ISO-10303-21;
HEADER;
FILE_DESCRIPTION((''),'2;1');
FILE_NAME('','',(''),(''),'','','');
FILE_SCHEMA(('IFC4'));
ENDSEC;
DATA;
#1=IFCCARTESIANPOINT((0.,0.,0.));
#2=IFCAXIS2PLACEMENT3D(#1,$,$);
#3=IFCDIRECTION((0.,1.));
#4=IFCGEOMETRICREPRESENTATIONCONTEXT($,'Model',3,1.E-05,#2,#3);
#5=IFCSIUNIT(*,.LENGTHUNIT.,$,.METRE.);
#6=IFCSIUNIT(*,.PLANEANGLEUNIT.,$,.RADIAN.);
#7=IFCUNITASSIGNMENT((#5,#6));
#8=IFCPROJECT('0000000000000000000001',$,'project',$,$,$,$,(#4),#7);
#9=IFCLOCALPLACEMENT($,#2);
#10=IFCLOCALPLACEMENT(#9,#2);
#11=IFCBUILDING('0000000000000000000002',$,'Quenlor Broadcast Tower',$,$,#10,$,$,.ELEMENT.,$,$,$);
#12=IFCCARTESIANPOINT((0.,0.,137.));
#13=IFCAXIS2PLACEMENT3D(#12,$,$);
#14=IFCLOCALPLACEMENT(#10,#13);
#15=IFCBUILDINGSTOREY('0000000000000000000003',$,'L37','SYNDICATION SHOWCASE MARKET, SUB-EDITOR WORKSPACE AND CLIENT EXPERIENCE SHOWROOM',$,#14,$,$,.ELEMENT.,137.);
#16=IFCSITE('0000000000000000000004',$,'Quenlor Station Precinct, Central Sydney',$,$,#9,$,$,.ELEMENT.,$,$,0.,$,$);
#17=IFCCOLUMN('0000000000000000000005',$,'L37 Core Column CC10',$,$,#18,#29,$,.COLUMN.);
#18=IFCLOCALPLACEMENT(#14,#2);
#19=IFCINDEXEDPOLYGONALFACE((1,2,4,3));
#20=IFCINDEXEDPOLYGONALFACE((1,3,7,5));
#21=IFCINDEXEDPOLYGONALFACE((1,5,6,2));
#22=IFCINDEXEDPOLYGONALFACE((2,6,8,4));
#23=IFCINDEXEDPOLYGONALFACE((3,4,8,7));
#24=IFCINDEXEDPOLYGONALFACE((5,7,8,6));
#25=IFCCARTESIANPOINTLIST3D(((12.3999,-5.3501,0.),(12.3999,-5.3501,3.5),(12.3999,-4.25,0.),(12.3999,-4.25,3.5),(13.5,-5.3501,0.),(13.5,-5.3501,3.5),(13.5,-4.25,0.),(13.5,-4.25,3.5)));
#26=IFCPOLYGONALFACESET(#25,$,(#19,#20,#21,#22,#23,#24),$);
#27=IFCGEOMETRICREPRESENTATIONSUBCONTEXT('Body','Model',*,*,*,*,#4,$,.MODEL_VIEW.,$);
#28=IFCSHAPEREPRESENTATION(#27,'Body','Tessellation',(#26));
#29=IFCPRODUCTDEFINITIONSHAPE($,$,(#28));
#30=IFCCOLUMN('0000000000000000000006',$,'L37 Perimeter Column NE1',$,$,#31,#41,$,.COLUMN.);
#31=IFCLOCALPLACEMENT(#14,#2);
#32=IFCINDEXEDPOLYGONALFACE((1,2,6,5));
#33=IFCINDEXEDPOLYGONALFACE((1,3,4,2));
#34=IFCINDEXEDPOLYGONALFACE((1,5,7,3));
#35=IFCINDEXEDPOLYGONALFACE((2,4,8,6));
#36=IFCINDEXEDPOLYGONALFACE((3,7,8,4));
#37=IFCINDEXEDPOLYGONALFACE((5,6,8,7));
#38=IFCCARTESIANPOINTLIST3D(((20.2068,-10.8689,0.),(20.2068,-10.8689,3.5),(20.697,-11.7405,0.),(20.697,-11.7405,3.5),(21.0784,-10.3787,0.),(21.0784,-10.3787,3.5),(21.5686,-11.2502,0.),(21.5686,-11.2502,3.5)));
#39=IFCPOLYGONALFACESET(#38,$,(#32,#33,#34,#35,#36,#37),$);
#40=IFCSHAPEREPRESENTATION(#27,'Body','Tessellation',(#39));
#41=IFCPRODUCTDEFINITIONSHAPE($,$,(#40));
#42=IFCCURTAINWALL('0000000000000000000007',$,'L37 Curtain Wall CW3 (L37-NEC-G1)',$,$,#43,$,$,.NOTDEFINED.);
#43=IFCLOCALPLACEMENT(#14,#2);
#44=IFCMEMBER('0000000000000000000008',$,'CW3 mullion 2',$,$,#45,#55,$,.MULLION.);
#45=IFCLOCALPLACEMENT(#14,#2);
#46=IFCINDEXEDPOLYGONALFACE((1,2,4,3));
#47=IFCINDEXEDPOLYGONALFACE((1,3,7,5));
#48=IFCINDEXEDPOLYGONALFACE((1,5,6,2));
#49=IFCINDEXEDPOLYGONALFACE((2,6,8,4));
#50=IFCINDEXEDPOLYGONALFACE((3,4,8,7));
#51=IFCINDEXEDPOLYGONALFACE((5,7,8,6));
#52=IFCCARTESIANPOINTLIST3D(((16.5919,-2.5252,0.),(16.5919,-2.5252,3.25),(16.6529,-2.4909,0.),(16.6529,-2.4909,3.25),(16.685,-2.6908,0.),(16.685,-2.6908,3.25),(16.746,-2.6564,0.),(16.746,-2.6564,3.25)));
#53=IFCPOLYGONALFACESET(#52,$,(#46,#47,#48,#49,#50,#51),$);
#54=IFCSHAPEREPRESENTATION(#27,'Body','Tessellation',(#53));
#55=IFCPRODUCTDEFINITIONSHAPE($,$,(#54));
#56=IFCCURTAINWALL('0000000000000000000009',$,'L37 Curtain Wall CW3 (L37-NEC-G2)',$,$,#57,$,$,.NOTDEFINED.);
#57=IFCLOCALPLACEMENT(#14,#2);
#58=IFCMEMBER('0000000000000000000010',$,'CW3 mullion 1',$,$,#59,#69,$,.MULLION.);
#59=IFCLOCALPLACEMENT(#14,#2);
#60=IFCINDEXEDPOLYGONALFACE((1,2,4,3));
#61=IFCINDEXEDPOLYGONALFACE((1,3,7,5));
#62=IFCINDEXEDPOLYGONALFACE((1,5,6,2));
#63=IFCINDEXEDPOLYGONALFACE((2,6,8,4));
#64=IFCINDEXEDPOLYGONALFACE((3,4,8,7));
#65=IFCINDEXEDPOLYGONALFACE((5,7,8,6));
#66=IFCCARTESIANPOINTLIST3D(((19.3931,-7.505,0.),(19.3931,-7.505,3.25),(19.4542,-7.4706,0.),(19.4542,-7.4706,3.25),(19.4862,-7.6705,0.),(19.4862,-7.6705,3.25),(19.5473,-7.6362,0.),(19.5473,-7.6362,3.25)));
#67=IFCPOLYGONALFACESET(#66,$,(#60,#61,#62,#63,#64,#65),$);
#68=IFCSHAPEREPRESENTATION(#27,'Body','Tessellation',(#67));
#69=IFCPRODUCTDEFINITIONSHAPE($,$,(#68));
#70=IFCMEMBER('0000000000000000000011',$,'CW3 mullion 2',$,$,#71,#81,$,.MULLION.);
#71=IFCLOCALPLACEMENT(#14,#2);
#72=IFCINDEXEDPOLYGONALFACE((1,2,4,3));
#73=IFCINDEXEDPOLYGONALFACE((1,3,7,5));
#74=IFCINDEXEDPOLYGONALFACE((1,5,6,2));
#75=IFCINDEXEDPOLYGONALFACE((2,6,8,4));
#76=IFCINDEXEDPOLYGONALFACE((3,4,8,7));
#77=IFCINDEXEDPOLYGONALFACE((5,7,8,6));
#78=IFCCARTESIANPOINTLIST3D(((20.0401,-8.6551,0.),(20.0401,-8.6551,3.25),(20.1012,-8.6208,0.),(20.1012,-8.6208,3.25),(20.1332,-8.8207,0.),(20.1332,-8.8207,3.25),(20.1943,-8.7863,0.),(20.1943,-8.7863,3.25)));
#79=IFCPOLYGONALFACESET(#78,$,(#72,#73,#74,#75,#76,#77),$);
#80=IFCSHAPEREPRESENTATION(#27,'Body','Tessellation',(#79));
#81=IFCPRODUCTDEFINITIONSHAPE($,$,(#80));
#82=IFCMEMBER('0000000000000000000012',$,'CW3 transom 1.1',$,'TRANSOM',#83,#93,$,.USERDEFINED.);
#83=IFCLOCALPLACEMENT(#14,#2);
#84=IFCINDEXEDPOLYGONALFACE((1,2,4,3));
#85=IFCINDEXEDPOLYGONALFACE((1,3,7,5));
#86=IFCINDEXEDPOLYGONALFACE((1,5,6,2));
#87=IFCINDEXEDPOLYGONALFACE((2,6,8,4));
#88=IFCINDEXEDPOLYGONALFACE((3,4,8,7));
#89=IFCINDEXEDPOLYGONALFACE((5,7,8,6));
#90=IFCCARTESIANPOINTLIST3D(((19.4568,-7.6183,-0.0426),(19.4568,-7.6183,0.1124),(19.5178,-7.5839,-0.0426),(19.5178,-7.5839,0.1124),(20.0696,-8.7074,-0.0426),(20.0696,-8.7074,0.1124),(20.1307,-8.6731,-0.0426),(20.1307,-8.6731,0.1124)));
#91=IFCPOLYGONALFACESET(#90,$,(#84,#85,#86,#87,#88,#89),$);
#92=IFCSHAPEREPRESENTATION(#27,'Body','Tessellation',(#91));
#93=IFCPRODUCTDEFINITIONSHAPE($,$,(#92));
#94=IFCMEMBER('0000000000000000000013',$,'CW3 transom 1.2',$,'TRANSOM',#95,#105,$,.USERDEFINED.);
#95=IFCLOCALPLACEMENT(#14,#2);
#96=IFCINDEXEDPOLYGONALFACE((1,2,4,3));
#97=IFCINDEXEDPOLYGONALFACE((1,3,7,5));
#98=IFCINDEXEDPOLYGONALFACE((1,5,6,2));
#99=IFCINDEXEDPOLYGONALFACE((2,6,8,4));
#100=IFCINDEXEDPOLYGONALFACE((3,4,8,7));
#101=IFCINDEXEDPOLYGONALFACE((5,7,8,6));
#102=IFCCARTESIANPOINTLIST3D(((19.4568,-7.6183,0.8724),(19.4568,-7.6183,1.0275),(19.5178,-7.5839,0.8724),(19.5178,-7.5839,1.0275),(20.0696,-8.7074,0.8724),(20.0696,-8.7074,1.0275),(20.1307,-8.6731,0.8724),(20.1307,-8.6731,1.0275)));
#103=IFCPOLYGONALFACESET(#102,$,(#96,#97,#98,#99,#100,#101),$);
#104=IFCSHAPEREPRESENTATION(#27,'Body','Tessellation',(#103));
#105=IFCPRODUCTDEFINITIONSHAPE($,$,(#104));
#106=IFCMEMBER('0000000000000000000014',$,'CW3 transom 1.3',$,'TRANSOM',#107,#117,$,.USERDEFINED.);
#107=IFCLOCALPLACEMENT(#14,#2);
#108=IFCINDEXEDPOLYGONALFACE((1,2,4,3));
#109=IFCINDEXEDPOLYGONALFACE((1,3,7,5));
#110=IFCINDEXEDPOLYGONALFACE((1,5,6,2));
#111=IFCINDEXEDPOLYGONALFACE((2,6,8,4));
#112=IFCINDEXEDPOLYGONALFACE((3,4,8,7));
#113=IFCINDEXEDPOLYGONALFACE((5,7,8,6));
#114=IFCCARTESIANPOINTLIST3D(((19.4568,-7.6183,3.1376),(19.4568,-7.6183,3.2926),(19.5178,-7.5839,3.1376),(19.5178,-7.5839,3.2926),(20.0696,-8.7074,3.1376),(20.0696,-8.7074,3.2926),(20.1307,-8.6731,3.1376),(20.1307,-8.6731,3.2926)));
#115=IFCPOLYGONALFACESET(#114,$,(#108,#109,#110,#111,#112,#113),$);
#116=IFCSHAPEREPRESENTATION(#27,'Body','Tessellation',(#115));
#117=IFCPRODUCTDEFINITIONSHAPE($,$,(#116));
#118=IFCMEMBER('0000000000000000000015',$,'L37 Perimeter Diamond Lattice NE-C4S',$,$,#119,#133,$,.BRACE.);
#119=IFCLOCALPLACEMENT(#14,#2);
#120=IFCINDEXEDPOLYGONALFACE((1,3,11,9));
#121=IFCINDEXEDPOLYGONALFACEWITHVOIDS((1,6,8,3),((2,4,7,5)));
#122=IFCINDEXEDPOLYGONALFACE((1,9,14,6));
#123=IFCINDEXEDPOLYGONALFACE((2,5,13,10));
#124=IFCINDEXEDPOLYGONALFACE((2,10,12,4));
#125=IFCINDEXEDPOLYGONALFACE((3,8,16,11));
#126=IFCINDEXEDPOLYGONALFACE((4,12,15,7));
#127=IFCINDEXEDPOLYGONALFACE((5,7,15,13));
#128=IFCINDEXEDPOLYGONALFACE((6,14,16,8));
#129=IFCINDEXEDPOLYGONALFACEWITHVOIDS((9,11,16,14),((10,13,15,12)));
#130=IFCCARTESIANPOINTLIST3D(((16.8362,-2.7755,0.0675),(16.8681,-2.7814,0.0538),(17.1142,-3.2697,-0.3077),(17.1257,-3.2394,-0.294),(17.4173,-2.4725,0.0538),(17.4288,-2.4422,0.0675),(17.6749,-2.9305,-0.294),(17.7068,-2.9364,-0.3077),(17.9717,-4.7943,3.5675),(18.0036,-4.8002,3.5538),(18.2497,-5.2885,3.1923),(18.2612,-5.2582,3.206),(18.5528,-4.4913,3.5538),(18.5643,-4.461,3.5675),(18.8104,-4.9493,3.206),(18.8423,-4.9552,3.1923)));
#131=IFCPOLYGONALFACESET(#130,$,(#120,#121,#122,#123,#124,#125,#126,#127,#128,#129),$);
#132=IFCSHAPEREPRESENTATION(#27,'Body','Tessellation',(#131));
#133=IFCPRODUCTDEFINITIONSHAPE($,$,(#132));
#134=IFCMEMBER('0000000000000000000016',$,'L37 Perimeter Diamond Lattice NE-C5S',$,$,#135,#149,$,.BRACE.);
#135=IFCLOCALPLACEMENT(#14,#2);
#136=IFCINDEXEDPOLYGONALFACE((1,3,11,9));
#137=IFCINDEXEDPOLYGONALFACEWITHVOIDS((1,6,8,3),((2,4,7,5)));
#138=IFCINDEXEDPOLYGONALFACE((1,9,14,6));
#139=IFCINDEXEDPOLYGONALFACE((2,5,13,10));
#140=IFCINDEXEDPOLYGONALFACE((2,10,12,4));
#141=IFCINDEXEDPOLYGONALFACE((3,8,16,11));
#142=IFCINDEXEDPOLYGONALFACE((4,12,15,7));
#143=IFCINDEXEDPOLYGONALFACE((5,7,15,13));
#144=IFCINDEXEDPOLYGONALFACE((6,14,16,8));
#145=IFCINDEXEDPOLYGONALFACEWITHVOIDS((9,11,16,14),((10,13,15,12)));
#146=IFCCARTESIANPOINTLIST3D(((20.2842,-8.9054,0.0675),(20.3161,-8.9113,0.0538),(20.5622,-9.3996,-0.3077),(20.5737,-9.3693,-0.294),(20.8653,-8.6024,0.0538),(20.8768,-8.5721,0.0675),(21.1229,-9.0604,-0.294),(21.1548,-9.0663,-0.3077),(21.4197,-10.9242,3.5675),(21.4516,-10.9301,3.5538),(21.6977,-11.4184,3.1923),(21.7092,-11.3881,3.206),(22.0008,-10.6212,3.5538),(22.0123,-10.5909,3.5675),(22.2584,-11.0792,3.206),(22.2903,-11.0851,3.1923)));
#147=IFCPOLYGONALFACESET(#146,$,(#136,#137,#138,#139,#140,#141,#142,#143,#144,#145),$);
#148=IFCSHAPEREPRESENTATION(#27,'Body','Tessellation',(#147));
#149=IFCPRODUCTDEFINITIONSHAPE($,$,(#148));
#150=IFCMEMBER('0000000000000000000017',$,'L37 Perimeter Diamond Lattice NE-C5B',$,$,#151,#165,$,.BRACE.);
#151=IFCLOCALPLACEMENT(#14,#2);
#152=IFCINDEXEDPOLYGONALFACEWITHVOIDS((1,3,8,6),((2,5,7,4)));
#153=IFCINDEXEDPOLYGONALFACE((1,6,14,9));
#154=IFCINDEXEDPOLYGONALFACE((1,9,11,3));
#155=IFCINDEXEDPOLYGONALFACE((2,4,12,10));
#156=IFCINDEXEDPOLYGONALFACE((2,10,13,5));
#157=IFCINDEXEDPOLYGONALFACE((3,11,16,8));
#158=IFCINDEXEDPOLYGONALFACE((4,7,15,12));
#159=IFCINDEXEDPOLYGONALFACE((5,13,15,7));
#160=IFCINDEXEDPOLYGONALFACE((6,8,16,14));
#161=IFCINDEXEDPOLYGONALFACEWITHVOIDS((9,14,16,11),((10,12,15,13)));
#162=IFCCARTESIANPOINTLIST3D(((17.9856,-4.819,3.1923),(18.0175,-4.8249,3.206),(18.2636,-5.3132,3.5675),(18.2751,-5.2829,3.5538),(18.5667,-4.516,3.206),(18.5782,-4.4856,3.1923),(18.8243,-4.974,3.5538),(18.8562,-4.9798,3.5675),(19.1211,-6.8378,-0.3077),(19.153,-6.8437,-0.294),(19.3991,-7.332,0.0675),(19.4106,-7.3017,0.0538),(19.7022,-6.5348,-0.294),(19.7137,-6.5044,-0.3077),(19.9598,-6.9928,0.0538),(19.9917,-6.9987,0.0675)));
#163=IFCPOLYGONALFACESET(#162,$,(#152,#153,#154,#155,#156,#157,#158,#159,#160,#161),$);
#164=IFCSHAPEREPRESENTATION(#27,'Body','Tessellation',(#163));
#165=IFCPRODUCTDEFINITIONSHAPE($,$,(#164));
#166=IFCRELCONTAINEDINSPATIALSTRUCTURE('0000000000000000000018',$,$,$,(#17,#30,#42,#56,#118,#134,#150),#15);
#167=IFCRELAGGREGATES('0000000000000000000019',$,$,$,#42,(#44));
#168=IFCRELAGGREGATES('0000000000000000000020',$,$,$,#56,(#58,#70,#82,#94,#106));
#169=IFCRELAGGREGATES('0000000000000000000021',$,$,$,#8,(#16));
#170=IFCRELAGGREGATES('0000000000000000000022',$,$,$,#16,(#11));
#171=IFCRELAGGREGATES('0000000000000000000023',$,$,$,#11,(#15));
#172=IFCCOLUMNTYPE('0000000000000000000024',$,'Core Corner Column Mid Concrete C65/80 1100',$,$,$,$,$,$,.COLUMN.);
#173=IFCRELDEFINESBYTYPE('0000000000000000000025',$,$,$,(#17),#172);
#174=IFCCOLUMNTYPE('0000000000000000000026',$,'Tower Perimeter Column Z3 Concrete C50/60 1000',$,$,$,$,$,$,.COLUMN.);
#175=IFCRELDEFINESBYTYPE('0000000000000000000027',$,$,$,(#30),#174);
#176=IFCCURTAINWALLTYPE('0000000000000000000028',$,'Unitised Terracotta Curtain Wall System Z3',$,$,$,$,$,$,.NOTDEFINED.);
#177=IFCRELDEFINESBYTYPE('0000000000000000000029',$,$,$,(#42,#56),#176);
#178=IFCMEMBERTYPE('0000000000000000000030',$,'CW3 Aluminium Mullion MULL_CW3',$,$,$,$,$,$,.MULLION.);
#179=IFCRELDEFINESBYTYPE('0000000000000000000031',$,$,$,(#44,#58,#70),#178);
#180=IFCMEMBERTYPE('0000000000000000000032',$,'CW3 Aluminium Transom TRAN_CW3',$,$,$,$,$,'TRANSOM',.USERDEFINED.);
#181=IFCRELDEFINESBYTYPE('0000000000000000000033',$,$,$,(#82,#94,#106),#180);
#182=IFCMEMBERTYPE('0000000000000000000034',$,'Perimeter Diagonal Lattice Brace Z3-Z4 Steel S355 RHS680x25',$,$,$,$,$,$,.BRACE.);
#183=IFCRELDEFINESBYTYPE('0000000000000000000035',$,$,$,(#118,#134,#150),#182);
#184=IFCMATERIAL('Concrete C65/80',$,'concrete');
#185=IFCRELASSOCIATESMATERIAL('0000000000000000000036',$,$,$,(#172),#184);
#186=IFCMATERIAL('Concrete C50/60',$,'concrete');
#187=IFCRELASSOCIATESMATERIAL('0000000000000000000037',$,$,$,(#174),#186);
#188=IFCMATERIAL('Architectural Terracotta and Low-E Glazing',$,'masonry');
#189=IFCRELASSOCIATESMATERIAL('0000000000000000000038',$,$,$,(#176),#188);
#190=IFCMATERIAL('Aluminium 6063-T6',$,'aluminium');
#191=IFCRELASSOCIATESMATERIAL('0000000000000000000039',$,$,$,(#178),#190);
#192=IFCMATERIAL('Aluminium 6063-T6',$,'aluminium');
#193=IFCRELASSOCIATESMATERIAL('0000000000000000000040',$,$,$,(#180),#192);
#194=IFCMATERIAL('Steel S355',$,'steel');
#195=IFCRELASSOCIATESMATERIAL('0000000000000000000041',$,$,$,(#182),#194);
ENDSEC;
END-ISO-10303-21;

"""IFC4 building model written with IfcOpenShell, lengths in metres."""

from ifc_helpers import new_model, si_unit, direction, frame, origin, origin_2d, place, context, subcontext, project, spatial, rectangle, hollow_rectangle, extrude, material, material_profile, profile_set, type_object, element, aggregate, save


model = new_model("IFC4")

# Units and contexts
model_context = context("Model", 3, precision=1e-05, world=origin(), true_north=direction((0.0, 1.0)))
body_context = subcontext(model_context, "Body", "Model", "MODEL_VIEW")
ifc_project = project(units=[si_unit("LENGTHUNIT", "METRE"), si_unit("PLANEANGLEUNIT", "RADIAN")], contexts=[model_context])

# Site, building, storey
site_placement = place(None, origin())
site = spatial("IfcSite", under=ifc_project, at=site_placement, Name="Quenlor Station Precinct, Central Sydney", CompositionType="ELEMENT", RefElevation=0.0)
building_placement = place(site_placement, origin())
building = spatial("IfcBuilding", under=site, at=building_placement, Name="Quenlor Broadcast Tower", CompositionType="ELEMENT")
storey_placement = place(building_placement, frame((0.0, 0.0, 137.0)))
storey = spatial("IfcBuildingStorey", under=building, at=storey_placement, Name="L37", Description="SYNDICATION SHOWCASE MARKET, SUB-EDITOR WORKSPACE AND CLIENT EXPERIENCE SHOWROOM", CompositionType="ELEMENT", Elevation=137.0)

# Columns
ifc_material_1 = material(Name="Concrete C65/80", Category="concrete")
ifc_material_profile_1 = material_profile(ifc_material_1, rectangle(XDim=1.1001, YDim=1.1001, at=origin_2d()))
ifc_profile_set_1 = profile_set([ifc_material_profile_1], Name="Concrete C65/80 RC1100x1100")
column_type_1 = type_object("IfcColumnType", Name="Core Corner Column Mid Concrete C65/80 1100", PredefinedType="COLUMN", material=ifc_profile_set_1)
column_1_placement = place(storey_placement, frame((12.95, -4.8, 0.0), z_axis=(0.0, 0.0, 1.0), x_axis=(1.0, 0.0, 0.0)))
element("IfcColumn", 1, at=column_1_placement, inside=storey, type_object=column_type_1, Name="L37 Core Column CC10", PredefinedType="COLUMN", context=body_context, shape_type="SweptSolid", body=[
    extrude(rectangle(XDim=1.1001, YDim=1.1001, at=origin_2d()), origin(), (0.0, 0.0, 1.0), 3.5),
])
ifc_material_2 = material(Name="Concrete C50/60", Category="concrete")
ifc_material_profile_2 = material_profile(ifc_material_2, rectangle(XDim=1.0, YDim=1.0, at=origin_2d()))
ifc_profile_set_2 = profile_set([ifc_material_profile_2], Name="Concrete C50/60 RC1000x1000")
column_type_2 = type_object("IfcColumnType", Name="Tower Perimeter Column Z3 Concrete C50/60 1000", PredefinedType="COLUMN", material=ifc_profile_set_2)
column_2_placement = place(storey_placement, frame((20.8877, -11.0596, 0.0), z_axis=(0.0, 0.0, 1.0), x_axis=(0.871575, 0.490262, 0.0)))
element("IfcColumn", 2, at=column_2_placement, inside=storey, type_object=column_type_2, Name="L37 Perimeter Column NE1", PredefinedType="COLUMN", context=body_context, shape_type="SweptSolid", body=[
    extrude(rectangle(XDim=1.0, YDim=1.0, at=origin_2d()), origin(), (0.0, 0.0, 1.0), 3.5),
])

# Curtain wall, member
ifc_material_3 = material(Name="Architectural Terracotta and Low-E Glazing", Category="masonry")
curtain_wall_type = type_object("IfcCurtainWallType", Name="Unitised Terracotta Curtain Wall System Z3", PredefinedType="NOTDEFINED", material=ifc_material_3)
curtain_wall_1_placement = place(storey_placement, origin())
curtain_wall_1 = element("IfcCurtainWall", 3, at=curtain_wall_1_placement, inside=storey, type_object=curtain_wall_type, Name="L37 Curtain Wall CW3 (L37-NEC-G1)", PredefinedType="NOTDEFINED")
ifc_material_4 = material(Name="Aluminium 6063-T6", Category="aluminium")
ifc_material_profile_3 = material_profile(ifc_material_4, rectangle(XDim=0.0701, YDim=0.1899, at=origin_2d()))
ifc_profile_set_3 = profile_set([ifc_material_profile_3], Name="Aluminium 6063-T6 MULL70x190")
member_type_1 = type_object("IfcMemberType", Name="CW3 Aluminium Mullion MULL_CW3", PredefinedType="MULLION", material=ifc_profile_set_3)
member_1_placement = place(storey_placement, frame((16.6689, -2.5908, 0.0), z_axis=(0.0, 0.0, 1.0), x_axis=(0.87158, 0.490253, 0.0)))
member_1 = element("IfcMember", 4, at=member_1_placement, type_object=member_type_1, Name="CW3 mullion 2", PredefinedType="MULLION", context=body_context, shape_type="SweptSolid", body=[
    extrude(rectangle(XDim=0.0701, YDim=0.1899, at=origin_2d()), origin(), (0.0, 0.0, 1.0), 3.25),
])
aggregate(curtain_wall_1, [member_1])

# Curtain wall, members
curtain_wall_2_placement = place(storey_placement, origin())
curtain_wall_2 = element("IfcCurtainWall", 5, at=curtain_wall_2_placement, inside=storey, type_object=curtain_wall_type, Name="L37 Curtain Wall CW3 (L37-NEC-G2)", PredefinedType="NOTDEFINED")
member_2_placement = place(storey_placement, frame((19.4702, -7.5706, 0.0), z_axis=(0.0, 0.0, 1.0), x_axis=(0.871576, 0.490261, 0.0)))
member_2 = element("IfcMember", 6, at=member_2_placement, type_object=member_type_1, Name="CW3 mullion 1", PredefinedType="MULLION", context=body_context, shape_type="SweptSolid", body=[
    extrude(rectangle(XDim=0.0701, YDim=0.1899, at=origin_2d()), origin(), (0.0, 0.0, 1.0), 3.25),
])
member_3_placement = place(storey_placement, frame((20.1172, -8.7207, 0.0), z_axis=(0.0, 0.0, 1.0), x_axis=(0.871576, 0.490261, 0.0)))
member_3 = element("IfcMember", 7, at=member_3_placement, type_object=member_type_1, Name="CW3 mullion 2", PredefinedType="MULLION", context=body_context, shape_type="SweptSolid", body=[
    extrude(rectangle(XDim=0.0701, YDim=0.1899, at=origin_2d()), origin(), (0.0, 0.0, 1.0), 3.25),
])
ifc_material_5 = material(Name="Aluminium 6063-T6", Category="aluminium")
ifc_material_profile_4 = material_profile(ifc_material_5, rectangle(XDim=0.0701, YDim=0.155, at=origin_2d()))
ifc_profile_set_4 = profile_set([ifc_material_profile_4], Name="Aluminium 6063-T6 TRAN70x155")
member_type_2 = type_object("IfcMemberType", Name="CW3 Aluminium Transom TRAN_CW3", ElementType="TRANSOM", PredefinedType="USERDEFINED", material=ifc_profile_set_4)
member_4_placement = place(storey_placement, frame((19.4873, -7.6011, 0.0349), z_axis=(0.490363, -0.871518, 0.0), x_axis=(0.871518, 0.490363, 0.0)))
member_4 = element("IfcMember", 8, at=member_4_placement, type_object=member_type_2, Name="CW3 transom 1.1", ObjectType="TRANSOM", PredefinedType="USERDEFINED", context=body_context, shape_type="SweptSolid", body=[
    extrude(rectangle(XDim=0.0701, YDim=0.155, at=origin_2d()), origin(), (0.0, 0.0, 1.0), 1.2498),
])
member_5_placement = place(storey_placement, frame((19.4873, -7.6011, 0.95), z_axis=(0.490363, -0.871518, 0.0), x_axis=(0.871518, 0.490363, 0.0)))
member_5 = element("IfcMember", 9, at=member_5_placement, type_object=member_type_2, Name="CW3 transom 1.2", ObjectType="TRANSOM", PredefinedType="USERDEFINED", context=body_context, shape_type="SweptSolid", body=[
    extrude(rectangle(XDim=0.0701, YDim=0.155, at=origin_2d()), origin(), (0.0, 0.0, 1.0), 1.2498),
])
member_6_placement = place(storey_placement, frame((19.4873, -7.6011, 3.2151), z_axis=(0.490363, -0.871518, 0.0), x_axis=(0.871518, 0.490363, 0.0)))
member_6 = element("IfcMember", 10, at=member_6_placement, type_object=member_type_2, Name="CW3 transom 1.3", ObjectType="TRANSOM", PredefinedType="USERDEFINED", context=body_context, shape_type="SweptSolid", body=[
    extrude(rectangle(XDim=0.0701, YDim=0.155, at=origin_2d()), origin(), (0.0, 0.0, 1.0), 1.2498),
])

# Members
ifc_material_6 = material(Name="Steel S355", Category="steel")
ifc_material_profile_5 = material_profile(ifc_material_6, hollow_rectangle(XDim=0.6799, YDim=0.6799, WallThickness=0.0249, at=origin_2d()))
ifc_profile_set_5 = profile_set([ifc_material_profile_5], Name="Steel S355 RHS680x680x25")
member_type_3 = type_object("IfcMemberType", Name="Perimeter Diagonal Lattice Brace Z3-Z4 Steel S355 RHS680x25", PredefinedType="BRACE", material=ifc_profile_set_5)
for number, where, z_axis, x_axis, name in (
    (11, (17.2715, -2.856, -0.1201), (0.270549, -0.481009, 0.833927), (0.87159, 0.490236, 0.0), "L37 Perimeter Diamond Lattice NE-C4S"),
    (12, (20.7195, -8.9858, -0.1201), (0.270549, -0.481009, 0.833927), (0.87159, 0.490236, 0.0), "L37 Perimeter Diamond Lattice NE-C5S"),
    (13, (19.5564, -6.9182, -0.1201), (-0.270549, 0.481009, 0.833927), (-0.87159, -0.490236, 0.0), "L37 Perimeter Diamond Lattice NE-C5B"),
):
    element("IfcMember", number, at=place(storey_placement, frame(where, z_axis=z_axis, x_axis=x_axis)), inside=storey, type_object=member_type_3, Name=name, PredefinedType="BRACE", context=body_context, shape_type="SweptSolid", body=[
        extrude(hollow_rectangle(XDim=0.6799, YDim=0.6799, WallThickness=0.0249, at=origin_2d()), origin(), (0.0, 0.0, 1.0), 4.197),
    ])

aggregate(curtain_wall_2, [member_2, member_3, member_4, member_5, member_6])

save(model, "model.ifc")
